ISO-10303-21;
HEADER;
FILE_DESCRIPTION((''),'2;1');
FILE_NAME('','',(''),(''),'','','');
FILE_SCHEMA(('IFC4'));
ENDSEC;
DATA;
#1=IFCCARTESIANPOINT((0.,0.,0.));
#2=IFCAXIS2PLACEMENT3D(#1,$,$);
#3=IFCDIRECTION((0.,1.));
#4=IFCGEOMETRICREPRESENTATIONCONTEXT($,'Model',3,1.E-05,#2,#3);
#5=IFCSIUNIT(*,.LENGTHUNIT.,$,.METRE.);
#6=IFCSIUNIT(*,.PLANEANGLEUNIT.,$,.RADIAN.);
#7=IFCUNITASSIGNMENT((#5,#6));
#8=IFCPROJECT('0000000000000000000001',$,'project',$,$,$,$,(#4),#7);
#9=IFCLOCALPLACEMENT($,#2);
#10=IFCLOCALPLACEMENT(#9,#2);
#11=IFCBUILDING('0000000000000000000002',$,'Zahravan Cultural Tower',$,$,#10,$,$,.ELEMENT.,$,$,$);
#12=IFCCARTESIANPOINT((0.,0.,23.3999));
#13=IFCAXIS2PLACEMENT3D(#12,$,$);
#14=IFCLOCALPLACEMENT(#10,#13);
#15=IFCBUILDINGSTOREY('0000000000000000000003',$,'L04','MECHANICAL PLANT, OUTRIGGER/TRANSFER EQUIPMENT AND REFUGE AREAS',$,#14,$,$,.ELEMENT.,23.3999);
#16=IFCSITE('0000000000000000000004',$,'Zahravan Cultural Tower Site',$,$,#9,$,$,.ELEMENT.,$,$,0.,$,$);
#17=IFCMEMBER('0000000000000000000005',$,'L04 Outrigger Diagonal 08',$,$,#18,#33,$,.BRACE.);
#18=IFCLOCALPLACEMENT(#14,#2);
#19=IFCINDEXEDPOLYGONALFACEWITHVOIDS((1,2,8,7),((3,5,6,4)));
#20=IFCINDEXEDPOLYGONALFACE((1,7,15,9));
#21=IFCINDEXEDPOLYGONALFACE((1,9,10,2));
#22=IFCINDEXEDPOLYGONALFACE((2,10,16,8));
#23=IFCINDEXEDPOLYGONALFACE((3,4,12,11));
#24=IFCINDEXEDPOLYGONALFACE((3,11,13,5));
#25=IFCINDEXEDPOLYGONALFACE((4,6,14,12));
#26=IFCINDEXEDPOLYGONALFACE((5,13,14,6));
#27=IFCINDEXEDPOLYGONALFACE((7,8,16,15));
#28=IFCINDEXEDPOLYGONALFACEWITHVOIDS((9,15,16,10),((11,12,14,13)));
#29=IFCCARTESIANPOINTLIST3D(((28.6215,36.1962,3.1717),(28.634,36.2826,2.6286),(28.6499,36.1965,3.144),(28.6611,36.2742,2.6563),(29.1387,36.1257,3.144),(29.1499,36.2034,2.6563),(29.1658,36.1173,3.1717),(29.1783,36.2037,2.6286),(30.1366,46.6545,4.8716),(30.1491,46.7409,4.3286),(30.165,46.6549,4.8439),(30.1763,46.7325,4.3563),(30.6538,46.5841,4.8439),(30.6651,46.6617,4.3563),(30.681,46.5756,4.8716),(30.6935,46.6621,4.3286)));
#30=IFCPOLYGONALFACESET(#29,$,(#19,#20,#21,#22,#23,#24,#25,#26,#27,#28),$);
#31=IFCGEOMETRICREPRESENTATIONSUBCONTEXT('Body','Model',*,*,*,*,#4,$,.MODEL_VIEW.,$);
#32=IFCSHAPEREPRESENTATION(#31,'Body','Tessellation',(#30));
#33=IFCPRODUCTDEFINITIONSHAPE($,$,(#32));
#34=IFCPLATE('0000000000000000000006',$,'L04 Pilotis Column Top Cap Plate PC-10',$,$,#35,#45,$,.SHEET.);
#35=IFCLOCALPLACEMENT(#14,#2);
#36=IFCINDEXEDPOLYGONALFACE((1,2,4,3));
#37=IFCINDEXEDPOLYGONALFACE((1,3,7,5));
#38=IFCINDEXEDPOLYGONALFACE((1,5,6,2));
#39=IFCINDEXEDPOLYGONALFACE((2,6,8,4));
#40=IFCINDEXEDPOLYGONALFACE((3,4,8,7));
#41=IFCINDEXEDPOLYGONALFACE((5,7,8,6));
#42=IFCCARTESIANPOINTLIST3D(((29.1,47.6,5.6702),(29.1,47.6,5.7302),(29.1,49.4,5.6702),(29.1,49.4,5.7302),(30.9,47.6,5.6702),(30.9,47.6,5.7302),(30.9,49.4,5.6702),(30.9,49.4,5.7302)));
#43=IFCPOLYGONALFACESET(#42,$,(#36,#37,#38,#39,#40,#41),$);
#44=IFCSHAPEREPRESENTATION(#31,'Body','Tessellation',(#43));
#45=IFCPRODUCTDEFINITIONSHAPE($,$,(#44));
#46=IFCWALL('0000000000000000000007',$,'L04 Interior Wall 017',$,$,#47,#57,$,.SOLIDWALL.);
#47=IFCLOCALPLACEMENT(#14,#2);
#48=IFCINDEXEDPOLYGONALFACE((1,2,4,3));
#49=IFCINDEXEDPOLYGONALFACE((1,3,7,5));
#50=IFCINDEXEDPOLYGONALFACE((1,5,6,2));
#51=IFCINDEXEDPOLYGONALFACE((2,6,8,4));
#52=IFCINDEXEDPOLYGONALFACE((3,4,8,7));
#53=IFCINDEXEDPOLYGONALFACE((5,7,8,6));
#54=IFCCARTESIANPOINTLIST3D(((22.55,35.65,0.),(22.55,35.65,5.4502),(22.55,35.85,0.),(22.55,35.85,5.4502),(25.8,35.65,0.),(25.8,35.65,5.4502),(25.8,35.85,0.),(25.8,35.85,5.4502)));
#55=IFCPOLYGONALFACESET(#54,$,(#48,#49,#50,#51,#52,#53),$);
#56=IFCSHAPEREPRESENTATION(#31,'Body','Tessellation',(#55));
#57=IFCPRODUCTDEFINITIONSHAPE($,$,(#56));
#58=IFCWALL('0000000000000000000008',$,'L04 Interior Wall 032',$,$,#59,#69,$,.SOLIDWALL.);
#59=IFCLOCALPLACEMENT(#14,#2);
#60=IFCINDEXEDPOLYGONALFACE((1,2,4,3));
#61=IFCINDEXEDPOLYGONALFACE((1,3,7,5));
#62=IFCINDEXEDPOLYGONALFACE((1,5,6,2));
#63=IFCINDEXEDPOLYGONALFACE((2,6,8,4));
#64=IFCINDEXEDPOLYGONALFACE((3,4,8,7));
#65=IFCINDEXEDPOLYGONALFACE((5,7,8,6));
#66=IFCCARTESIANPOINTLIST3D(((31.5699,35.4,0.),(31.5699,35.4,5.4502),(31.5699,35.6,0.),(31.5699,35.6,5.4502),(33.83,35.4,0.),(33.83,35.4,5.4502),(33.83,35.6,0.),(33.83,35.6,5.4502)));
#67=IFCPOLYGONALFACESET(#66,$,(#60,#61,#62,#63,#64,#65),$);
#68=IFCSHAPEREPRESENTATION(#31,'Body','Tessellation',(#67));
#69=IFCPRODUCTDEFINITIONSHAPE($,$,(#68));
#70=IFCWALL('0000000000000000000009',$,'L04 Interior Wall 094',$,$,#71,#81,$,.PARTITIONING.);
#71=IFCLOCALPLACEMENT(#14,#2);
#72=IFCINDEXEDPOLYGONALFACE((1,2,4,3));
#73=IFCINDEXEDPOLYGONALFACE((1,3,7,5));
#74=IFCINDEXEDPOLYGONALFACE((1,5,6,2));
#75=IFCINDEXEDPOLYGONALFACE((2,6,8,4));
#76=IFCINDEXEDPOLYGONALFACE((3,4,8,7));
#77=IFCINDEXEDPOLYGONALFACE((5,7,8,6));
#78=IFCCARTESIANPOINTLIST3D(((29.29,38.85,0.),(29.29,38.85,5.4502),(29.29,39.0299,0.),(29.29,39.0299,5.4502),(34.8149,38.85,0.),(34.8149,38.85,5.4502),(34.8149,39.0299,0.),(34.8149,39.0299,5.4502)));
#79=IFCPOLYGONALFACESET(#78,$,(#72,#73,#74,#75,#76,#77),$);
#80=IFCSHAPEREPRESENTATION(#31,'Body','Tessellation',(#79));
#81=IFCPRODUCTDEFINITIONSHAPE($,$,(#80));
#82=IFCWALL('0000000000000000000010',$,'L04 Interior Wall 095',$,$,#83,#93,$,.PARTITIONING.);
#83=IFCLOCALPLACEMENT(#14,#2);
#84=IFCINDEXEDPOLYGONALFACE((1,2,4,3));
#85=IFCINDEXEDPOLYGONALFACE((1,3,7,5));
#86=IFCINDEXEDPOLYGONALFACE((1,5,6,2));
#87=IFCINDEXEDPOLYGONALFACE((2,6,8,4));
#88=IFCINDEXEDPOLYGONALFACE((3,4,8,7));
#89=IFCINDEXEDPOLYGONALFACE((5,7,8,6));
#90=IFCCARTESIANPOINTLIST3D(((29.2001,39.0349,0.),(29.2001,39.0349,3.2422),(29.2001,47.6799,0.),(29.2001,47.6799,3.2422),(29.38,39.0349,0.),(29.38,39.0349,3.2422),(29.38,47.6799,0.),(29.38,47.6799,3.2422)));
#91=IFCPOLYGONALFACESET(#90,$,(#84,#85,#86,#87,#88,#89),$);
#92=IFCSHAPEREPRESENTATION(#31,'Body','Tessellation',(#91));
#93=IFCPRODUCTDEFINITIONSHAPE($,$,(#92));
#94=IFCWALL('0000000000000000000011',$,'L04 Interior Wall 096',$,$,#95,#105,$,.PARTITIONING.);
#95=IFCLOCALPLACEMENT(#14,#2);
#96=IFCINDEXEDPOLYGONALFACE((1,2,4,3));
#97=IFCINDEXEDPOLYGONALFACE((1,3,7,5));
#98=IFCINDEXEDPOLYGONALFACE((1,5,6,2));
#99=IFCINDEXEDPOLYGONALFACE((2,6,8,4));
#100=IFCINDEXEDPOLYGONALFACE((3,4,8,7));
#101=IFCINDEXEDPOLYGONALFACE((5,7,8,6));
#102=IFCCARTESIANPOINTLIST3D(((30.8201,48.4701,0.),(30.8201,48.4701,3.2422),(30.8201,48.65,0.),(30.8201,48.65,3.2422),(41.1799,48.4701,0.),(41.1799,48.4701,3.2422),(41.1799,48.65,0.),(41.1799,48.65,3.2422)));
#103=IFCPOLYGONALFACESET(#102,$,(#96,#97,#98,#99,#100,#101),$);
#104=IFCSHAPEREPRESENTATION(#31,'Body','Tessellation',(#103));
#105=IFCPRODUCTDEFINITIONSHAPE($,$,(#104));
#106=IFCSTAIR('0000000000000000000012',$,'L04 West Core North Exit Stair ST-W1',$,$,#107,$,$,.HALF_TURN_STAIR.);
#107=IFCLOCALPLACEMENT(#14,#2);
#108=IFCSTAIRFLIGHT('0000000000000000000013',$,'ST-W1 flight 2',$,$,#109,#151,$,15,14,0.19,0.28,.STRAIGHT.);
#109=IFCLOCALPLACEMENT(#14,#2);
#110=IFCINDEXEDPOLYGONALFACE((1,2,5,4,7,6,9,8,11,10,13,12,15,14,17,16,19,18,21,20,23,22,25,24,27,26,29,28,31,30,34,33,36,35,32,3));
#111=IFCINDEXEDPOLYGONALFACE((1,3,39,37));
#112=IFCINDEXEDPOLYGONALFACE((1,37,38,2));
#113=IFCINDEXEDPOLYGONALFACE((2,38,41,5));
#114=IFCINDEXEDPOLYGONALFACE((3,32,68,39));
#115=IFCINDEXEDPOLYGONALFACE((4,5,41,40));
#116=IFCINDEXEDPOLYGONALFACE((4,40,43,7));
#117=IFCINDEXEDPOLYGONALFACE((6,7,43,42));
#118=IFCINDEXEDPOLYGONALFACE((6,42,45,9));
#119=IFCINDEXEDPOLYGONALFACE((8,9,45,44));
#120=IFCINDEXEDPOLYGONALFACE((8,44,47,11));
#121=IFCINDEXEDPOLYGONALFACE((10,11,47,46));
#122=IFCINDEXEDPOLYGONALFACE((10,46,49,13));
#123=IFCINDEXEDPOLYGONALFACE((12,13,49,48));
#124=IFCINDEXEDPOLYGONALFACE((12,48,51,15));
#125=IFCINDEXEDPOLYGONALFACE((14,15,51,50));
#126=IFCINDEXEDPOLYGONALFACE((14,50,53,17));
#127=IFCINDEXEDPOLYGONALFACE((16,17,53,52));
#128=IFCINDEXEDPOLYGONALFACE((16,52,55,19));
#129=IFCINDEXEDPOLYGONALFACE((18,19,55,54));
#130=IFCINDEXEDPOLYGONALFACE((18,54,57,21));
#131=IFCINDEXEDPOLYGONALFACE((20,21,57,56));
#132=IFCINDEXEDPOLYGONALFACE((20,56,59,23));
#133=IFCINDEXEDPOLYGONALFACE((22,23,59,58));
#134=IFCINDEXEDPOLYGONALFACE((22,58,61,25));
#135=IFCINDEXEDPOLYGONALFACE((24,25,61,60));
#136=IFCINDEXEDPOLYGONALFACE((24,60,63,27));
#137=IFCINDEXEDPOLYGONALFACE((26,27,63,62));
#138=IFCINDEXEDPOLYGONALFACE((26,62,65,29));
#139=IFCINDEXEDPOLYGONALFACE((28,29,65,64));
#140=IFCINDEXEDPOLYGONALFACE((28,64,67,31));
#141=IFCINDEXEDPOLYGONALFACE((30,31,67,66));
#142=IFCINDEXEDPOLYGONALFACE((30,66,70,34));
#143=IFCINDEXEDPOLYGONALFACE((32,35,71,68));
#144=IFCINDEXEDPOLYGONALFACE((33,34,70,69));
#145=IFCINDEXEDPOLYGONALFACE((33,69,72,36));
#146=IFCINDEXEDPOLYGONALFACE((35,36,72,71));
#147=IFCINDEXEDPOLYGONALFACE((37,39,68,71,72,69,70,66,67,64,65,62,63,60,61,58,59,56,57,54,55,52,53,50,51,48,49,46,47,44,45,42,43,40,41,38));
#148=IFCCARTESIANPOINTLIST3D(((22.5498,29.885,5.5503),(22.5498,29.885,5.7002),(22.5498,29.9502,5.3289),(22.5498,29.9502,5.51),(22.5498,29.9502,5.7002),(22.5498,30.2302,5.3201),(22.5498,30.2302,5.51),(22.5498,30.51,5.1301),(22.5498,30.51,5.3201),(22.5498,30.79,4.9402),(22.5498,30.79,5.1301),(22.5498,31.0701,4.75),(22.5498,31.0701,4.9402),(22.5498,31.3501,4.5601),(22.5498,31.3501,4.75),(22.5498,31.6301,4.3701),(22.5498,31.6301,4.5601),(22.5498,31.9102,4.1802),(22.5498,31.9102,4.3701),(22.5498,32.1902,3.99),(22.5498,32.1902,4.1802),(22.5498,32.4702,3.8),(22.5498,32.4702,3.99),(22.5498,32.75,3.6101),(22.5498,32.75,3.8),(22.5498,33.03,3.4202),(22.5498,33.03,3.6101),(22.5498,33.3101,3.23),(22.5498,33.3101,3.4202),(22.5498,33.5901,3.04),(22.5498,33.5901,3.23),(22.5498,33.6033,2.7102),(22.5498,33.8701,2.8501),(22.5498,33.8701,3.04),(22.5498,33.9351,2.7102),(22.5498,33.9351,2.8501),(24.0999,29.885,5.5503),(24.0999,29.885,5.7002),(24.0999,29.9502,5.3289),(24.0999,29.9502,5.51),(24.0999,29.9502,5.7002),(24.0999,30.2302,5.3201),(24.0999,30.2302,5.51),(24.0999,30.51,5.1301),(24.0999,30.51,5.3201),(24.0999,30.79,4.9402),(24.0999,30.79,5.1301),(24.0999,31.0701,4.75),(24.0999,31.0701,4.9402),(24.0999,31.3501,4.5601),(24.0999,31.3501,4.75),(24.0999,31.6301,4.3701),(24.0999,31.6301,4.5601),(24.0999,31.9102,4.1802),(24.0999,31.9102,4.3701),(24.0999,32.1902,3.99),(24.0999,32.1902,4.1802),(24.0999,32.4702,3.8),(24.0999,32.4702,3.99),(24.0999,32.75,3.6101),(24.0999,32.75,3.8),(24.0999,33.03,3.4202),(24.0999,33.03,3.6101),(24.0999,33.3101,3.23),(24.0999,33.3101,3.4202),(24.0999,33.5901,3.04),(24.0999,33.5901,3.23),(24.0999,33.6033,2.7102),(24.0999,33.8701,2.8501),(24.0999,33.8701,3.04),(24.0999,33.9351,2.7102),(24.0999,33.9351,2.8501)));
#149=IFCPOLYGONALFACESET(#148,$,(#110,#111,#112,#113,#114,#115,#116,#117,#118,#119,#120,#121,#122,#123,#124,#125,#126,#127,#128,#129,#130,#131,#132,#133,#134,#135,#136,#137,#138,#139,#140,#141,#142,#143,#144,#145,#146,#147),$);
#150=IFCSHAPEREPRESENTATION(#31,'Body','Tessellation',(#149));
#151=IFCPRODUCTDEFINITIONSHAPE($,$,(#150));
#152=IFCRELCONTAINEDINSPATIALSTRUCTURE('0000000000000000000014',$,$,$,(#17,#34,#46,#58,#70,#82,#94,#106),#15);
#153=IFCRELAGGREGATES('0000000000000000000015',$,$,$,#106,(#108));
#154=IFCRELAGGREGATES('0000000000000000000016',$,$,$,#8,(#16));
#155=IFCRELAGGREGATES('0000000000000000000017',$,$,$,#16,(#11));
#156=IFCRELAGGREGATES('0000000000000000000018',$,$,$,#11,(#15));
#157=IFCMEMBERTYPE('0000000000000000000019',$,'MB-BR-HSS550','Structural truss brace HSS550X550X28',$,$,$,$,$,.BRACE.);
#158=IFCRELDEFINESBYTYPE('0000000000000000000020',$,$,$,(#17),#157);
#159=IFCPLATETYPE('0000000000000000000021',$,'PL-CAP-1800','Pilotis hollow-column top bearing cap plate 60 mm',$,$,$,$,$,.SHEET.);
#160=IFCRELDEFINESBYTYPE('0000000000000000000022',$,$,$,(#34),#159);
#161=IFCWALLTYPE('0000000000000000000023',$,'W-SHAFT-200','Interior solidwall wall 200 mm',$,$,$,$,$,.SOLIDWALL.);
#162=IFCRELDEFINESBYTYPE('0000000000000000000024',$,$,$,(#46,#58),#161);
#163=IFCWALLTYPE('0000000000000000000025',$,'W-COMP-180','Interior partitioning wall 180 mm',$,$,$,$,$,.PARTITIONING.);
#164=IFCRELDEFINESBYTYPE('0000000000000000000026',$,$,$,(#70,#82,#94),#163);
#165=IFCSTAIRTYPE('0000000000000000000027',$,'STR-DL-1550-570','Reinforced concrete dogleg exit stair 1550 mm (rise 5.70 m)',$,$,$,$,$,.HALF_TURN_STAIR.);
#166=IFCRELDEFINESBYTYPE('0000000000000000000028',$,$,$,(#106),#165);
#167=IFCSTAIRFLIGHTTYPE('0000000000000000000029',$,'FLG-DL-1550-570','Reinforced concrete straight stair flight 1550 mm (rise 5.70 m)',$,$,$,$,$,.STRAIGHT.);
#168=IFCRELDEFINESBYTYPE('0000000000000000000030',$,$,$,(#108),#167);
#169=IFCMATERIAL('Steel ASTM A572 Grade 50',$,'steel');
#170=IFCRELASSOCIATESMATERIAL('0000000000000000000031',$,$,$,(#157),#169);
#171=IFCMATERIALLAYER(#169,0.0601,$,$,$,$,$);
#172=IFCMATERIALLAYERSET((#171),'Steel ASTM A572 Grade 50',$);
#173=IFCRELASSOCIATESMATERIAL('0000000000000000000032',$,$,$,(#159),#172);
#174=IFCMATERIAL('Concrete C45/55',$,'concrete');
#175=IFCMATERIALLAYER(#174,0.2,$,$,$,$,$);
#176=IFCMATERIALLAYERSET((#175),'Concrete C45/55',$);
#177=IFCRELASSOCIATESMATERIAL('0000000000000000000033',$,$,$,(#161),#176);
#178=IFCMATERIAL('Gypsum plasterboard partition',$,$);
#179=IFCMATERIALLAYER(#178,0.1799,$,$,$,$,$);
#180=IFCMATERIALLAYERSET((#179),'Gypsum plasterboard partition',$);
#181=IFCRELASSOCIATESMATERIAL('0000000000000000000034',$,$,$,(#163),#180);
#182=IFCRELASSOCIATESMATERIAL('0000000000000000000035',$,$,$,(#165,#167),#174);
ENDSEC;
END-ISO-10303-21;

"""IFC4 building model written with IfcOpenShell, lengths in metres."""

from ifc_helpers import new_model, si_unit, direction, frame, frame_2d, origin, origin_2d, place, context, subcontext, project, spatial, polyline, rectangle, hollow_rectangle, outline, extrude, source, transform, mapped, material, layer, layer_set, material_profile, profile_set, type_object, element, aggregate, save


model = new_model("IFC4")

# Units and contexts
model_context = context("Model", 3, precision=1e-05, world=origin(), true_north=direction((0.0, 1.0)))
body_context = subcontext(model_context, "Body", "Model", "MODEL_VIEW")
ifc_project = project(units=[si_unit("LENGTHUNIT", "METRE"), si_unit("PLANEANGLEUNIT", "RADIAN")], contexts=[model_context])

# Site, building, storey
site_placement = place(None, origin())
site = spatial("IfcSite", under=ifc_project, at=site_placement, Name="Zahravan Cultural Tower Site", CompositionType="ELEMENT", RefElevation=0.0)
building_placement = place(site_placement, origin())
building = spatial("IfcBuilding", under=site, at=building_placement, Name="Zahravan Cultural Tower", CompositionType="ELEMENT")
storey_placement = place(building_placement, frame((0.0, 0.0, 23.3999)))
storey = spatial("IfcBuildingStorey", under=building, at=storey_placement, Name="L04", Description="MECHANICAL PLANT, OUTRIGGER/TRANSFER EQUIPMENT AND REFUGE AREAS", CompositionType="ELEMENT", Elevation=23.3999)

# Shared definitions
ifc_material_1 = material(Name="Steel ASTM A572 Grade 50", Category="steel")

# Member
ifc_material_profile_1 = material_profile(ifc_material_1, hollow_rectangle(XDim=0.55, YDim=0.55, WallThickness=0.0281, at=origin_2d()), Name="HSS550X550X28")
ifc_profile_set_1 = profile_set([ifc_material_profile_1], Name="Steel ASTM A572 Grade 50")
member_type = type_object("IfcMemberType", Name="MB-BR-HSS550", Description="Structural truss brace HSS550X550X28", PredefinedType="BRACE", material=ifc_profile_set_1)
shared_shape_1 = source(origin(), body_context, "Body", "SweptSolid", [
    extrude(hollow_rectangle(XDim=0.55, YDim=0.55, WallThickness=0.0281, at=origin_2d()), origin(), (0.0, 0.0, 1.0), 10.7034),
])
member_placement = place(storey_placement, frame((28.8999, 36.2, 2.9001), z_axis=(0.141558, 0.977106, 0.158825), x_axis=(-0.989668, 0.143378, 0.0)))
element("IfcMember", 1, at=member_placement, inside=storey, type_object=member_type, Name="L04 Outrigger Diagonal 08", PredefinedType="BRACE", context=body_context, shape_type="MappedRepresentation", body=[
    mapped(shared_shape_1, transform((0.0, 0.0, 0.0), x_axis=(1.0, 0.0, 0.0), y_axis=(0.0, 1.0, 0.0), z_axis=(0.0, 0.0, 1.0), scale=1.0)),
])

# Plate
ifc_layer_1 = layer(ifc_material_1, 0.0601)
ifc_layer_set_1 = layer_set([ifc_layer_1], Name="Steel ASTM A572 Grade 50")
plate_type = type_object("IfcPlateType", Name="PL-CAP-1800", Description="Pilotis hollow-column top bearing cap plate 60 mm", PredefinedType="SHEET", material=ifc_layer_set_1)
shared_shape_2 = source(origin(), body_context, "Body", "SweptSolid", [
    extrude(rectangle(XDim=1.8, YDim=1.8, at=origin_2d()), origin(), (0.0, 0.0, 1.0), 0.0601),
])
plate_placement = place(storey_placement, frame((30.0, 48.5, 5.6702), z_axis=(0.0, 0.0, 1.0), x_axis=(1.0, 0.0, 0.0)))
element("IfcPlate", 2, at=plate_placement, inside=storey, type_object=plate_type, Name="L04 Pilotis Column Top Cap Plate PC-10", PredefinedType="SHEET", context=body_context, shape_type="MappedRepresentation", body=[
    mapped(shared_shape_2, transform((0.0, 0.0, 0.0), x_axis=(1.0, 0.0, 0.0), y_axis=(0.0, 1.0, 0.0), z_axis=(0.0, 0.0, 1.0), scale=1.0)),
])

# Shared definitions
ifc_material_2 = material(Name="Concrete C45/55", Category="concrete")
ifc_layer_2 = layer(ifc_material_2, 0.2)
ifc_layer_set_2 = layer_set([ifc_layer_2], Name="Concrete C45/55")
wall_type_1 = type_object("IfcWallType", Name="W-SHAFT-200", Description="Interior solidwall wall 200 mm", PredefinedType="SOLIDWALL", material=ifc_layer_set_2)

# Walls
shared_shape_3 = source(origin(), body_context, "Body", "SweptSolid", [
    extrude(rectangle(XDim=3.25, YDim=0.2, at=frame_2d((1.625, 0.0))), origin(), (0.0, 0.0, 1.0), 5.4502),
])
wall_1_placement = place(storey_placement, frame((22.55, 35.75, 0.0), z_axis=(0.0, 0.0, 1.0), x_axis=(1.0, 0.0, 0.0)))
element("IfcWall", 3, at=wall_1_placement, inside=storey, type_object=wall_type_1, Name="L04 Interior Wall 017", PredefinedType="SOLIDWALL", context=body_context, shape_type="MappedRepresentation", body=[
    mapped(shared_shape_3, transform((0.0, 0.0, 0.0), x_axis=(1.0, 0.0, 0.0), y_axis=(0.0, 1.0, 0.0), z_axis=(0.0, 0.0, 1.0), scale=1.0)),
])
shared_shape_4 = source(origin(), body_context, "Body", "SweptSolid", [
    extrude(rectangle(XDim=2.26, YDim=0.2, at=frame_2d((1.1299, 0.0))), origin(), (0.0, 0.0, 1.0), 5.4502),
])
wall_2_placement = place(storey_placement, frame((31.5701, 35.5, 0.0), z_axis=(0.0, 0.0, 1.0), x_axis=(1.0, 0.0, 0.0)))
element("IfcWall", 4, at=wall_2_placement, inside=storey, type_object=wall_type_1, Name="L04 Interior Wall 032", PredefinedType="SOLIDWALL", context=body_context, shape_type="MappedRepresentation", body=[
    mapped(shared_shape_4, transform((0.0, 0.0, 0.0), x_axis=(1.0, 0.0, 0.0), y_axis=(0.0, 1.0, 0.0), z_axis=(0.0, 0.0, 1.0), scale=1.0)),
])
ifc_material_3 = material(Name="Gypsum plasterboard partition")
ifc_layer_3 = layer(ifc_material_3, 0.1799)
ifc_layer_set_3 = layer_set([ifc_layer_3], Name="Gypsum plasterboard partition")
wall_type_2 = type_object("IfcWallType", Name="W-COMP-180", Description="Interior partitioning wall 180 mm", PredefinedType="PARTITIONING", material=ifc_layer_set_3)
shared_shape_5 = source(origin(), body_context, "Body", "SweptSolid", [
    extrude(rectangle(XDim=5.5249, YDim=0.1799, at=frame_2d((2.7625, 0.0))), origin(), (0.0, 0.0, 1.0), 5.4502),
])
wall_3_placement = place(storey_placement, frame((34.8149, 38.9399, 0.0), z_axis=(0.0, 0.0, 1.0), x_axis=(-1.0, 0.0, 0.0)))
element("IfcWall", 5, at=wall_3_placement, inside=storey, type_object=wall_type_2, Name="L04 Interior Wall 094", PredefinedType="PARTITIONING", context=body_context, shape_type="MappedRepresentation", body=[
    mapped(shared_shape_5, transform((0.0, 0.0, 0.0), x_axis=(1.0, 0.0, 0.0), y_axis=(0.0, 1.0, 0.0), z_axis=(0.0, 0.0, 1.0), scale=1.0)),
])
shared_shape_6 = source(origin(), body_context, "Body", "SweptSolid", [
    extrude(rectangle(XDim=8.645, YDim=0.1799, at=frame_2d((4.3225, 0.0))), origin(), (0.0, 0.0, 1.0), 3.2422),
])
wall_4_placement = place(storey_placement, frame((29.29, 39.0349, 0.0), z_axis=(0.0, 0.0, 1.0), x_axis=(0.0, 1.0, 0.0)))
element("IfcWall", 6, at=wall_4_placement, inside=storey, type_object=wall_type_2, Name="L04 Interior Wall 095", PredefinedType="PARTITIONING", context=body_context, shape_type="MappedRepresentation", body=[
    mapped(shared_shape_6, transform((0.0, 0.0, 0.0), x_axis=(1.0, 0.0, 0.0), y_axis=(0.0, 1.0, 0.0), z_axis=(0.0, 0.0, 1.0), scale=1.0)),
])
shared_shape_7 = source(origin(), body_context, "Body", "SweptSolid", [
    extrude(rectangle(XDim=10.3599, YDim=0.1799, at=frame_2d((5.1799, 0.0))), origin(), (0.0, 0.0, 1.0), 3.2422),
])
wall_5_placement = place(storey_placement, frame((30.8201, 48.5601, 0.0), z_axis=(0.0, 0.0, 1.0), x_axis=(1.0, 0.0, 0.0)))
element("IfcWall", 7, at=wall_5_placement, inside=storey, type_object=wall_type_2, Name="L04 Interior Wall 096", PredefinedType="PARTITIONING", context=body_context, shape_type="MappedRepresentation", body=[
    mapped(shared_shape_7, transform((0.0, 0.0, 0.0), x_axis=(1.0, 0.0, 0.0), y_axis=(0.0, 1.0, 0.0), z_axis=(0.0, 0.0, 1.0), scale=1.0)),
])

# Stair, stair flight
stair_type = type_object("IfcStairType", Name="STR-DL-1550-570", Description="Reinforced concrete dogleg exit stair 1550 mm (rise 5.70 m)", PredefinedType="HALF_TURN_STAIR", material=ifc_material_2)
stair_placement = place(storey_placement, origin())
stair = element("IfcStair", 8, at=stair_placement, inside=storey, type_object=stair_type, Name="L04 West Core North Exit Stair ST-W1", PredefinedType="HALF_TURN_STAIR")
stair_flight_type = type_object("IfcStairFlightType", Name="FLG-DL-1550-570", Description="Reinforced concrete straight stair flight 1550 mm (rise 5.70 m)", PredefinedType="STRAIGHT", material=ifc_material_2)
stair_flight_placement = place(storey_placement, frame((23.325, 33.8701, 2.8501), z_axis=(0.0, 0.0, 1.0), x_axis=(0.0, -1.0, 0.0)))
stair_flight = element("IfcStairFlight", 9, at=stair_flight_placement, type_object=stair_flight_type, Name="ST-W1 flight 2", NumberOfRisers=15, NumberOfTreads=14, PredefinedType="STRAIGHT", RiserHeight=0.19, TreadLength=0.28, context=body_context, shape_type="SweptSolid", body=[
    extrude(outline(polyline([(-0.0649, -0.1399), (-0.0649, 0.0), (0.0, 0.0), (0.0, 0.1899), (0.28, 0.1899), (0.28, 0.3799), (0.5601, 0.3799), (0.5601, 0.5701), (0.8401, 0.5701), (0.8401, 0.76), (1.1201, 0.76), (1.1201, 0.95), (1.3999, 0.95), (1.3999, 1.1399), (1.6799, 1.1399), (1.6799, 1.3301), (1.96, 1.3301), (1.96, 1.52), (2.24, 1.52), (2.24, 1.71), (2.52, 1.71), (2.52, 1.8999), (2.8, 1.8999), (2.8, 2.0901), (3.0801, 2.0901), (3.0801, 2.28), (3.3601, 2.28), (3.3601, 2.47), (3.6399, 2.47), (3.6399, 2.6599), (3.9199, 2.6599), (3.9199, 2.8501), (3.9851, 2.8501), (3.9851, 2.7002), (3.9199, 2.4788), (0.2668, -0.1399), (-0.0649, -0.1399)])), frame((0.0, 0.7749, 0.0), z_axis=(0.0, -1.0, 0.0), x_axis=(1.0, 0.0, 0.0)), (0.0, 0.0, 1.0), 1.55),
])
aggregate(stair, [stair_flight])

save(model, "model.ifc")
